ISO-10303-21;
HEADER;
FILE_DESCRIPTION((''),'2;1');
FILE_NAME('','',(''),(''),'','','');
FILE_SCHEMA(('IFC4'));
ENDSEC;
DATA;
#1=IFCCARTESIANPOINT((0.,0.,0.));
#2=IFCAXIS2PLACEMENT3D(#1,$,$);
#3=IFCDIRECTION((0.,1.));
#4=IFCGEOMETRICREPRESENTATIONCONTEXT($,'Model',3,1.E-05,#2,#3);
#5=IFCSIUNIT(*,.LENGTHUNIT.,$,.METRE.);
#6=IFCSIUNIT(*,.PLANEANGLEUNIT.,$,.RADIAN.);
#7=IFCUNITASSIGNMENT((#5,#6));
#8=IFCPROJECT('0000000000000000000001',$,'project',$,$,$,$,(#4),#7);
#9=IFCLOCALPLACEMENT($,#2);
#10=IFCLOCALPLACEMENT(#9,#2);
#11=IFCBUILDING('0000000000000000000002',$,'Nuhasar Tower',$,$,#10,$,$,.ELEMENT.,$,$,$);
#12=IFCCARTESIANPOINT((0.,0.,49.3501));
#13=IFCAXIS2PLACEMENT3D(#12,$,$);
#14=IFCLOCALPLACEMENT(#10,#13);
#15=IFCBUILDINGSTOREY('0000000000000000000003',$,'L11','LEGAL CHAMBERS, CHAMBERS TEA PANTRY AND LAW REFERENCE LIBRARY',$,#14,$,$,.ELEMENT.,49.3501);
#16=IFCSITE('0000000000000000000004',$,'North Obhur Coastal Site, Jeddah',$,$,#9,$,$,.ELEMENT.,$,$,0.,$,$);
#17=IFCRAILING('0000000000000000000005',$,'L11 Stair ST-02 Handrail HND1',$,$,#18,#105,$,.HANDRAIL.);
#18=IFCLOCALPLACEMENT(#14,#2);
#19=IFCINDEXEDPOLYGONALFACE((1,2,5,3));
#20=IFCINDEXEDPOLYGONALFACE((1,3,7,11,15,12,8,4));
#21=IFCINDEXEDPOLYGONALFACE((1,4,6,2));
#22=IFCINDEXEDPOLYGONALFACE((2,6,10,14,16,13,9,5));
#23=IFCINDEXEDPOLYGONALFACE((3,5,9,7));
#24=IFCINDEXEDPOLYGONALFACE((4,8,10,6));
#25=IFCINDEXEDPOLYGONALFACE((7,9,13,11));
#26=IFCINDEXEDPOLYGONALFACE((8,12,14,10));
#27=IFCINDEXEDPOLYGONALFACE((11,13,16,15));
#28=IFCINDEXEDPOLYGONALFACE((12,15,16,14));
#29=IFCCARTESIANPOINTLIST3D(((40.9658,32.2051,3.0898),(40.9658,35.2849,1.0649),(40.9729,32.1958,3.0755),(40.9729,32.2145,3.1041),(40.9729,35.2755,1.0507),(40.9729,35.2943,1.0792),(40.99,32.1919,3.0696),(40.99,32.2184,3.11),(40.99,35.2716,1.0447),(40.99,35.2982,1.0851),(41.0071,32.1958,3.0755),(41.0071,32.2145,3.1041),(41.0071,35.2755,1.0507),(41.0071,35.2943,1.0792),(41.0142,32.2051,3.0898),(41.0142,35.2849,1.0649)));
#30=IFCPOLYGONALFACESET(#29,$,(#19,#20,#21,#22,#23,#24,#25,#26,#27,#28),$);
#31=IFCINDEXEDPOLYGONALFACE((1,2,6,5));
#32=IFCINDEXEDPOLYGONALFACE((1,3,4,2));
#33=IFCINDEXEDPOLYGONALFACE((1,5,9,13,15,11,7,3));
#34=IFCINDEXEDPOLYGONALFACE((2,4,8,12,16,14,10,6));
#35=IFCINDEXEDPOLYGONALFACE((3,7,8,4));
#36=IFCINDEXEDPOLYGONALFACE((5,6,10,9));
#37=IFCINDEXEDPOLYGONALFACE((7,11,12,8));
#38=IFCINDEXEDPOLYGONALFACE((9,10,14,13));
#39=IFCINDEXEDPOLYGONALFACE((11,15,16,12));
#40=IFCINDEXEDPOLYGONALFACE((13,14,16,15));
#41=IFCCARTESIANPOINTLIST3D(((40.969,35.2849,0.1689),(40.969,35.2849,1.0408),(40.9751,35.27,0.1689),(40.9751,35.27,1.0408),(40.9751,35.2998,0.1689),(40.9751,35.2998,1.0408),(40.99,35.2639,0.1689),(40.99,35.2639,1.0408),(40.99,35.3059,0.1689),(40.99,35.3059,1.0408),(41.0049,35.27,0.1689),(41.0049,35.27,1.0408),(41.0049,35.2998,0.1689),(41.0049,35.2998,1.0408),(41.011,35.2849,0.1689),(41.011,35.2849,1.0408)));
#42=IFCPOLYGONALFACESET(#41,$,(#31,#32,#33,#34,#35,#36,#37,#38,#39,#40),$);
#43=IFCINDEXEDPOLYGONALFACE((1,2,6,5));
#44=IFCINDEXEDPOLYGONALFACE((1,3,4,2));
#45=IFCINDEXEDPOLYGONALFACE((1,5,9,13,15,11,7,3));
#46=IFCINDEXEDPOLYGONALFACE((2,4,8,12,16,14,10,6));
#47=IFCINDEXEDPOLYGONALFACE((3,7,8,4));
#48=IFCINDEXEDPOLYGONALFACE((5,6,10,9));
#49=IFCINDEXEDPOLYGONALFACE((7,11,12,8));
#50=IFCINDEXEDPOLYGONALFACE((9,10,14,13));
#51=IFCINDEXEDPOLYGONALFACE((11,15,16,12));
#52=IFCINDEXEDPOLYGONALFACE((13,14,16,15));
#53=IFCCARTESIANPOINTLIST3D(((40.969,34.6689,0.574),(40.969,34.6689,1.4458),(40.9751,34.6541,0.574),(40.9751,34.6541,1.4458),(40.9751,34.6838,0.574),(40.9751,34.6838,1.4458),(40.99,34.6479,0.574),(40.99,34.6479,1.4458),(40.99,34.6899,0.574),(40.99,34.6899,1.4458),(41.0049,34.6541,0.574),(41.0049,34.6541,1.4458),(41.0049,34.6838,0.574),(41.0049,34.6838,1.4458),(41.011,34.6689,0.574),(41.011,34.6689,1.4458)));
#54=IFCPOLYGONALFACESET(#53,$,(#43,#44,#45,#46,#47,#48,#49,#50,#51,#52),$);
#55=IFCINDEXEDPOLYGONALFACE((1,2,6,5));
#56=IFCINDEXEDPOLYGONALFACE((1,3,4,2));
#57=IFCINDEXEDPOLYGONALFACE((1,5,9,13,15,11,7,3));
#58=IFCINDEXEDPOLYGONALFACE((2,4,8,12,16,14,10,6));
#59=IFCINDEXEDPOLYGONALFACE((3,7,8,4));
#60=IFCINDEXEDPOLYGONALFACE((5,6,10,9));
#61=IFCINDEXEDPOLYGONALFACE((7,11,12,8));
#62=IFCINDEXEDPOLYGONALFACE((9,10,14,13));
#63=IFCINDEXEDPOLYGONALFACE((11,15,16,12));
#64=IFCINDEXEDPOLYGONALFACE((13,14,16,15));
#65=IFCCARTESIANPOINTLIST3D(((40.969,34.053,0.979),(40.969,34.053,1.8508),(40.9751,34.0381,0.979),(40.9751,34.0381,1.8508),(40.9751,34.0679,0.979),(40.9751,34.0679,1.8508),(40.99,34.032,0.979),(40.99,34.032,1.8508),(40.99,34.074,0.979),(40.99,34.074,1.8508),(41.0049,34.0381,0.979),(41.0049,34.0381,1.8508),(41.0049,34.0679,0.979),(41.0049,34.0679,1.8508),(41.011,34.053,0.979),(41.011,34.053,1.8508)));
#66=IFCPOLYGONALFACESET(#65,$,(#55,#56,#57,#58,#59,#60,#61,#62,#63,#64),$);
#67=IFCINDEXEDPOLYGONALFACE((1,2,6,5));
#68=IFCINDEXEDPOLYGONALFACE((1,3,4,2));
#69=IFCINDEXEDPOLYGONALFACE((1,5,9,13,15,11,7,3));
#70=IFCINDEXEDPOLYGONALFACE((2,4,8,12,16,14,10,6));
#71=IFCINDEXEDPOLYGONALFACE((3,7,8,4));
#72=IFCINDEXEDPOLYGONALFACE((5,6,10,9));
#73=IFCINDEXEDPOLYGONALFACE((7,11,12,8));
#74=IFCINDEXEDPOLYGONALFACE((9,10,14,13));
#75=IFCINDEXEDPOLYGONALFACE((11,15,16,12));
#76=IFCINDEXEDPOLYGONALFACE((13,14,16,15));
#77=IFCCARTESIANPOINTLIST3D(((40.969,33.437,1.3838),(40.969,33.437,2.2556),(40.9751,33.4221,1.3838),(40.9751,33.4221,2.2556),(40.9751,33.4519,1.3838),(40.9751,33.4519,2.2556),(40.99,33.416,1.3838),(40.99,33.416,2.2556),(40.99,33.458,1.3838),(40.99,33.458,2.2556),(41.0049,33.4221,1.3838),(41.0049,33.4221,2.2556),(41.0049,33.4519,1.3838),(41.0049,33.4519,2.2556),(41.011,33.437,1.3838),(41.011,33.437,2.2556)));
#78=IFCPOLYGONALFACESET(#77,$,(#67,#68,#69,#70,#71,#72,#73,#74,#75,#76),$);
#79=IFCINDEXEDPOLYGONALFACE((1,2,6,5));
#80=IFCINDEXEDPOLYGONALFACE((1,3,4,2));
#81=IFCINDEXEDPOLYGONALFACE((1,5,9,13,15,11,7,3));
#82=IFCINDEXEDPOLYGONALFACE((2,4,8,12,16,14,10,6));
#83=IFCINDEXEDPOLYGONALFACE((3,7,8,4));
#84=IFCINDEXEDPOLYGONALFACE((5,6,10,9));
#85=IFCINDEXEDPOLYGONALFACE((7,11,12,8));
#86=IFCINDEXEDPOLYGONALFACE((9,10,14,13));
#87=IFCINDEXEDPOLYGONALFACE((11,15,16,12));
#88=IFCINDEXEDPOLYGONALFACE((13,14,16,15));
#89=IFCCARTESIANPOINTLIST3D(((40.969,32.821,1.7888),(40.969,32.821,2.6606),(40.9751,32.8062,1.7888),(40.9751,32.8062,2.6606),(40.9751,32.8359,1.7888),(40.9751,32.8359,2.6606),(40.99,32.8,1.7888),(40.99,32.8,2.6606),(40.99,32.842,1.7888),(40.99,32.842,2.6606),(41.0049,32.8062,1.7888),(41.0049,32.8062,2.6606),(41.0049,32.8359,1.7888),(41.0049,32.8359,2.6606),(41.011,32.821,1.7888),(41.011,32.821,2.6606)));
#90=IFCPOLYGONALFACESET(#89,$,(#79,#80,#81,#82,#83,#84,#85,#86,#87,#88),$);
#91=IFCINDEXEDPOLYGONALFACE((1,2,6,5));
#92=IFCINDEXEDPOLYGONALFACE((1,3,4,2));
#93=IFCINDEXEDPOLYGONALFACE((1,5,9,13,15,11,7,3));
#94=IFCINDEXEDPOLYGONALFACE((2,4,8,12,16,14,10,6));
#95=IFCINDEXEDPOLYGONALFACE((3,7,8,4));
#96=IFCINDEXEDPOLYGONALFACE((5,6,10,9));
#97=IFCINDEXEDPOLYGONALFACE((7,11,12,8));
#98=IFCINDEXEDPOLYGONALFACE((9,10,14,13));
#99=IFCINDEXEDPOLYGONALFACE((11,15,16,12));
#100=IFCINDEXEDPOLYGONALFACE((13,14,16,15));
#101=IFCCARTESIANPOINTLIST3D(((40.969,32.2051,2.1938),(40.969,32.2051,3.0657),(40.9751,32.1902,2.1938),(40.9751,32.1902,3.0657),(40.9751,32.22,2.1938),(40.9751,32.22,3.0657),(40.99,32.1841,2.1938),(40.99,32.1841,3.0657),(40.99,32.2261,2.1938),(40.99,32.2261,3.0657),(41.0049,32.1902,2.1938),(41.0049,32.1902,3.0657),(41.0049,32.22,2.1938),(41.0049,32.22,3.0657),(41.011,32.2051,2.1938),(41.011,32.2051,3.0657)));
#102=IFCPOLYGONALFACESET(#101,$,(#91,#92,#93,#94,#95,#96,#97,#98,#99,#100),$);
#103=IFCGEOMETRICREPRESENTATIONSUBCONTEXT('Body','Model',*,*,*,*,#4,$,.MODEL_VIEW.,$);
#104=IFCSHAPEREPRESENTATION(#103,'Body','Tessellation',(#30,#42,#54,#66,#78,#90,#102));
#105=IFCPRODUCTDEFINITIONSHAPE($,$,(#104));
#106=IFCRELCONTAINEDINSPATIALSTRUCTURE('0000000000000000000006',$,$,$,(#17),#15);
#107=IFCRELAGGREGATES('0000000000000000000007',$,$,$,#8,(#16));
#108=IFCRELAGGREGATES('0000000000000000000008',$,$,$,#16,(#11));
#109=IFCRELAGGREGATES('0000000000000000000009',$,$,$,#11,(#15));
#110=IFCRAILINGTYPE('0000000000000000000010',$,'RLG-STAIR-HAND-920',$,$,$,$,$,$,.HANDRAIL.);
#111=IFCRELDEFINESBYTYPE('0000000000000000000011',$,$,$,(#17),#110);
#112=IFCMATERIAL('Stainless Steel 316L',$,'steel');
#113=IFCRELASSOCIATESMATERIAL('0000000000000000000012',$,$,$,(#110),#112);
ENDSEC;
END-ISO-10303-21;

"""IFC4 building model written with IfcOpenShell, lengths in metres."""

from ifc_helpers import new_model, si_unit, direction, frame, origin, place, context, subcontext, project, spatial, polyline, outline, extrude, material, type_object, element, save


model = new_model("IFC4")

# Units and contexts
model_context = context("Model", 3, precision=1e-05, world=origin(), true_north=direction((0.0, 1.0)))
body_context = subcontext(model_context, "Body", "Model", "MODEL_VIEW")
ifc_project = project(units=[si_unit("LENGTHUNIT", "METRE"), si_unit("PLANEANGLEUNIT", "RADIAN")], contexts=[model_context])

# Site, building, storey
site_placement = place(None, origin())
site = spatial("IfcSite", under=ifc_project, at=site_placement, Name="North Obhur Coastal Site, Jeddah", CompositionType="ELEMENT", RefElevation=0.0)
building_placement = place(site_placement, origin())
building = spatial("IfcBuilding", under=site, at=building_placement, Name="Nuhasar Tower", CompositionType="ELEMENT")
storey_placement = place(building_placement, frame((0.0, 0.0, 49.3501)))
storey = spatial("IfcBuildingStorey", under=building, at=storey_placement, Name="L11", Description="LEGAL CHAMBERS, CHAMBERS TEA PANTRY AND LAW REFERENCE LIBRARY", CompositionType="ELEMENT", Elevation=49.3501)

# Railing
ifc_material_1 = material(Name="Stainless Steel 316L", Category="steel")
railing_type_1 = type_object("IfcRailingType", Name="RLG-STAIR-HAND-920", PredefinedType="HANDRAIL", material=ifc_material_1)
railing_1_placement = place(storey_placement, frame((40.99, 35.2849, 0.1689)))
element("IfcRailing", 1, at=railing_1_placement, inside=storey, type_object=railing_type_1, Name="L11 Stair ST-02 Handrail HND1", PredefinedType="HANDRAIL", context=body_context, shape_type="SweptSolid", body=[
    extrude(outline(polyline([(0.0242, 0.0), (0.0171, 0.0171), (0.0, 0.0242), (-0.0171, 0.0171), (-0.0242, 0.0), (-0.0171, -0.0171), (0.0, -0.0242), (0.0171, -0.0171), (0.0242, 0.0)])), frame((0.0, 0.0, 0.896), z_axis=(0.0, -0.83558, 0.54937), x_axis=(1.0, 0.0, 0.0)), (0.0, 0.0, 1.0), 3.6858),
    extrude(outline(polyline([(0.021, 0.0), (0.0149, 0.0149), (0.0, 0.021), (-0.0149, 0.0149), (-0.021, 0.0), (-0.0149, -0.0149), (0.0, -0.021), (0.0149, -0.0149), (0.021, 0.0)])), origin(), (0.0, 0.0, 1.0), 0.8718),
    extrude(outline(polyline([(0.021, 0.0), (0.0149, 0.0149), (0.0, 0.021), (-0.0149, 0.0149), (-0.021, 0.0), (-0.0149, -0.0149), (0.0, -0.021), (0.0149, -0.0149), (0.021, 0.0)])), frame((0.0, -0.616, 0.405)), (0.0, 0.0, 1.0), 0.8718),
    extrude(outline(polyline([(0.021, 0.0), (0.0149, 0.0149), (0.0, 0.021), (-0.0149, 0.0149), (-0.021, 0.0), (-0.0149, -0.0149), (0.0, -0.021), (0.0149, -0.0149), (0.021, 0.0)])), frame((0.0, -1.2319, 0.8101)), (0.0, 0.0, 1.0), 0.8718),
    extrude(outline(polyline([(0.021, 0.0), (0.0149, 0.0149), (0.0, 0.021), (-0.0149, 0.0149), (-0.021, 0.0), (-0.0149, -0.0149), (0.0, -0.021), (0.0149, -0.0149), (0.021, 0.0)])), frame((0.0, -1.8479, 1.2148)), (0.0, 0.0, 1.0), 0.8718),
    extrude(outline(polyline([(0.021, 0.0), (0.0149, 0.0149), (0.0, 0.021), (-0.0149, 0.0149), (-0.021, 0.0), (-0.0149, -0.0149), (0.0, -0.021), (0.0149, -0.0149), (0.021, 0.0)])), frame((0.0, -2.4639, 1.6199)), (0.0, 0.0, 1.0), 0.8718),
    extrude(outline(polyline([(0.021, 0.0), (0.0149, 0.0149), (0.0, 0.021), (-0.0149, 0.0149), (-0.021, 0.0), (-0.0149, -0.0149), (0.0, -0.021), (0.0149, -0.0149), (0.021, 0.0)])), frame((0.0, -3.0798, 2.0249)), (0.0, 0.0, 1.0), 0.8718),
])

save(model, "model.ifc")
